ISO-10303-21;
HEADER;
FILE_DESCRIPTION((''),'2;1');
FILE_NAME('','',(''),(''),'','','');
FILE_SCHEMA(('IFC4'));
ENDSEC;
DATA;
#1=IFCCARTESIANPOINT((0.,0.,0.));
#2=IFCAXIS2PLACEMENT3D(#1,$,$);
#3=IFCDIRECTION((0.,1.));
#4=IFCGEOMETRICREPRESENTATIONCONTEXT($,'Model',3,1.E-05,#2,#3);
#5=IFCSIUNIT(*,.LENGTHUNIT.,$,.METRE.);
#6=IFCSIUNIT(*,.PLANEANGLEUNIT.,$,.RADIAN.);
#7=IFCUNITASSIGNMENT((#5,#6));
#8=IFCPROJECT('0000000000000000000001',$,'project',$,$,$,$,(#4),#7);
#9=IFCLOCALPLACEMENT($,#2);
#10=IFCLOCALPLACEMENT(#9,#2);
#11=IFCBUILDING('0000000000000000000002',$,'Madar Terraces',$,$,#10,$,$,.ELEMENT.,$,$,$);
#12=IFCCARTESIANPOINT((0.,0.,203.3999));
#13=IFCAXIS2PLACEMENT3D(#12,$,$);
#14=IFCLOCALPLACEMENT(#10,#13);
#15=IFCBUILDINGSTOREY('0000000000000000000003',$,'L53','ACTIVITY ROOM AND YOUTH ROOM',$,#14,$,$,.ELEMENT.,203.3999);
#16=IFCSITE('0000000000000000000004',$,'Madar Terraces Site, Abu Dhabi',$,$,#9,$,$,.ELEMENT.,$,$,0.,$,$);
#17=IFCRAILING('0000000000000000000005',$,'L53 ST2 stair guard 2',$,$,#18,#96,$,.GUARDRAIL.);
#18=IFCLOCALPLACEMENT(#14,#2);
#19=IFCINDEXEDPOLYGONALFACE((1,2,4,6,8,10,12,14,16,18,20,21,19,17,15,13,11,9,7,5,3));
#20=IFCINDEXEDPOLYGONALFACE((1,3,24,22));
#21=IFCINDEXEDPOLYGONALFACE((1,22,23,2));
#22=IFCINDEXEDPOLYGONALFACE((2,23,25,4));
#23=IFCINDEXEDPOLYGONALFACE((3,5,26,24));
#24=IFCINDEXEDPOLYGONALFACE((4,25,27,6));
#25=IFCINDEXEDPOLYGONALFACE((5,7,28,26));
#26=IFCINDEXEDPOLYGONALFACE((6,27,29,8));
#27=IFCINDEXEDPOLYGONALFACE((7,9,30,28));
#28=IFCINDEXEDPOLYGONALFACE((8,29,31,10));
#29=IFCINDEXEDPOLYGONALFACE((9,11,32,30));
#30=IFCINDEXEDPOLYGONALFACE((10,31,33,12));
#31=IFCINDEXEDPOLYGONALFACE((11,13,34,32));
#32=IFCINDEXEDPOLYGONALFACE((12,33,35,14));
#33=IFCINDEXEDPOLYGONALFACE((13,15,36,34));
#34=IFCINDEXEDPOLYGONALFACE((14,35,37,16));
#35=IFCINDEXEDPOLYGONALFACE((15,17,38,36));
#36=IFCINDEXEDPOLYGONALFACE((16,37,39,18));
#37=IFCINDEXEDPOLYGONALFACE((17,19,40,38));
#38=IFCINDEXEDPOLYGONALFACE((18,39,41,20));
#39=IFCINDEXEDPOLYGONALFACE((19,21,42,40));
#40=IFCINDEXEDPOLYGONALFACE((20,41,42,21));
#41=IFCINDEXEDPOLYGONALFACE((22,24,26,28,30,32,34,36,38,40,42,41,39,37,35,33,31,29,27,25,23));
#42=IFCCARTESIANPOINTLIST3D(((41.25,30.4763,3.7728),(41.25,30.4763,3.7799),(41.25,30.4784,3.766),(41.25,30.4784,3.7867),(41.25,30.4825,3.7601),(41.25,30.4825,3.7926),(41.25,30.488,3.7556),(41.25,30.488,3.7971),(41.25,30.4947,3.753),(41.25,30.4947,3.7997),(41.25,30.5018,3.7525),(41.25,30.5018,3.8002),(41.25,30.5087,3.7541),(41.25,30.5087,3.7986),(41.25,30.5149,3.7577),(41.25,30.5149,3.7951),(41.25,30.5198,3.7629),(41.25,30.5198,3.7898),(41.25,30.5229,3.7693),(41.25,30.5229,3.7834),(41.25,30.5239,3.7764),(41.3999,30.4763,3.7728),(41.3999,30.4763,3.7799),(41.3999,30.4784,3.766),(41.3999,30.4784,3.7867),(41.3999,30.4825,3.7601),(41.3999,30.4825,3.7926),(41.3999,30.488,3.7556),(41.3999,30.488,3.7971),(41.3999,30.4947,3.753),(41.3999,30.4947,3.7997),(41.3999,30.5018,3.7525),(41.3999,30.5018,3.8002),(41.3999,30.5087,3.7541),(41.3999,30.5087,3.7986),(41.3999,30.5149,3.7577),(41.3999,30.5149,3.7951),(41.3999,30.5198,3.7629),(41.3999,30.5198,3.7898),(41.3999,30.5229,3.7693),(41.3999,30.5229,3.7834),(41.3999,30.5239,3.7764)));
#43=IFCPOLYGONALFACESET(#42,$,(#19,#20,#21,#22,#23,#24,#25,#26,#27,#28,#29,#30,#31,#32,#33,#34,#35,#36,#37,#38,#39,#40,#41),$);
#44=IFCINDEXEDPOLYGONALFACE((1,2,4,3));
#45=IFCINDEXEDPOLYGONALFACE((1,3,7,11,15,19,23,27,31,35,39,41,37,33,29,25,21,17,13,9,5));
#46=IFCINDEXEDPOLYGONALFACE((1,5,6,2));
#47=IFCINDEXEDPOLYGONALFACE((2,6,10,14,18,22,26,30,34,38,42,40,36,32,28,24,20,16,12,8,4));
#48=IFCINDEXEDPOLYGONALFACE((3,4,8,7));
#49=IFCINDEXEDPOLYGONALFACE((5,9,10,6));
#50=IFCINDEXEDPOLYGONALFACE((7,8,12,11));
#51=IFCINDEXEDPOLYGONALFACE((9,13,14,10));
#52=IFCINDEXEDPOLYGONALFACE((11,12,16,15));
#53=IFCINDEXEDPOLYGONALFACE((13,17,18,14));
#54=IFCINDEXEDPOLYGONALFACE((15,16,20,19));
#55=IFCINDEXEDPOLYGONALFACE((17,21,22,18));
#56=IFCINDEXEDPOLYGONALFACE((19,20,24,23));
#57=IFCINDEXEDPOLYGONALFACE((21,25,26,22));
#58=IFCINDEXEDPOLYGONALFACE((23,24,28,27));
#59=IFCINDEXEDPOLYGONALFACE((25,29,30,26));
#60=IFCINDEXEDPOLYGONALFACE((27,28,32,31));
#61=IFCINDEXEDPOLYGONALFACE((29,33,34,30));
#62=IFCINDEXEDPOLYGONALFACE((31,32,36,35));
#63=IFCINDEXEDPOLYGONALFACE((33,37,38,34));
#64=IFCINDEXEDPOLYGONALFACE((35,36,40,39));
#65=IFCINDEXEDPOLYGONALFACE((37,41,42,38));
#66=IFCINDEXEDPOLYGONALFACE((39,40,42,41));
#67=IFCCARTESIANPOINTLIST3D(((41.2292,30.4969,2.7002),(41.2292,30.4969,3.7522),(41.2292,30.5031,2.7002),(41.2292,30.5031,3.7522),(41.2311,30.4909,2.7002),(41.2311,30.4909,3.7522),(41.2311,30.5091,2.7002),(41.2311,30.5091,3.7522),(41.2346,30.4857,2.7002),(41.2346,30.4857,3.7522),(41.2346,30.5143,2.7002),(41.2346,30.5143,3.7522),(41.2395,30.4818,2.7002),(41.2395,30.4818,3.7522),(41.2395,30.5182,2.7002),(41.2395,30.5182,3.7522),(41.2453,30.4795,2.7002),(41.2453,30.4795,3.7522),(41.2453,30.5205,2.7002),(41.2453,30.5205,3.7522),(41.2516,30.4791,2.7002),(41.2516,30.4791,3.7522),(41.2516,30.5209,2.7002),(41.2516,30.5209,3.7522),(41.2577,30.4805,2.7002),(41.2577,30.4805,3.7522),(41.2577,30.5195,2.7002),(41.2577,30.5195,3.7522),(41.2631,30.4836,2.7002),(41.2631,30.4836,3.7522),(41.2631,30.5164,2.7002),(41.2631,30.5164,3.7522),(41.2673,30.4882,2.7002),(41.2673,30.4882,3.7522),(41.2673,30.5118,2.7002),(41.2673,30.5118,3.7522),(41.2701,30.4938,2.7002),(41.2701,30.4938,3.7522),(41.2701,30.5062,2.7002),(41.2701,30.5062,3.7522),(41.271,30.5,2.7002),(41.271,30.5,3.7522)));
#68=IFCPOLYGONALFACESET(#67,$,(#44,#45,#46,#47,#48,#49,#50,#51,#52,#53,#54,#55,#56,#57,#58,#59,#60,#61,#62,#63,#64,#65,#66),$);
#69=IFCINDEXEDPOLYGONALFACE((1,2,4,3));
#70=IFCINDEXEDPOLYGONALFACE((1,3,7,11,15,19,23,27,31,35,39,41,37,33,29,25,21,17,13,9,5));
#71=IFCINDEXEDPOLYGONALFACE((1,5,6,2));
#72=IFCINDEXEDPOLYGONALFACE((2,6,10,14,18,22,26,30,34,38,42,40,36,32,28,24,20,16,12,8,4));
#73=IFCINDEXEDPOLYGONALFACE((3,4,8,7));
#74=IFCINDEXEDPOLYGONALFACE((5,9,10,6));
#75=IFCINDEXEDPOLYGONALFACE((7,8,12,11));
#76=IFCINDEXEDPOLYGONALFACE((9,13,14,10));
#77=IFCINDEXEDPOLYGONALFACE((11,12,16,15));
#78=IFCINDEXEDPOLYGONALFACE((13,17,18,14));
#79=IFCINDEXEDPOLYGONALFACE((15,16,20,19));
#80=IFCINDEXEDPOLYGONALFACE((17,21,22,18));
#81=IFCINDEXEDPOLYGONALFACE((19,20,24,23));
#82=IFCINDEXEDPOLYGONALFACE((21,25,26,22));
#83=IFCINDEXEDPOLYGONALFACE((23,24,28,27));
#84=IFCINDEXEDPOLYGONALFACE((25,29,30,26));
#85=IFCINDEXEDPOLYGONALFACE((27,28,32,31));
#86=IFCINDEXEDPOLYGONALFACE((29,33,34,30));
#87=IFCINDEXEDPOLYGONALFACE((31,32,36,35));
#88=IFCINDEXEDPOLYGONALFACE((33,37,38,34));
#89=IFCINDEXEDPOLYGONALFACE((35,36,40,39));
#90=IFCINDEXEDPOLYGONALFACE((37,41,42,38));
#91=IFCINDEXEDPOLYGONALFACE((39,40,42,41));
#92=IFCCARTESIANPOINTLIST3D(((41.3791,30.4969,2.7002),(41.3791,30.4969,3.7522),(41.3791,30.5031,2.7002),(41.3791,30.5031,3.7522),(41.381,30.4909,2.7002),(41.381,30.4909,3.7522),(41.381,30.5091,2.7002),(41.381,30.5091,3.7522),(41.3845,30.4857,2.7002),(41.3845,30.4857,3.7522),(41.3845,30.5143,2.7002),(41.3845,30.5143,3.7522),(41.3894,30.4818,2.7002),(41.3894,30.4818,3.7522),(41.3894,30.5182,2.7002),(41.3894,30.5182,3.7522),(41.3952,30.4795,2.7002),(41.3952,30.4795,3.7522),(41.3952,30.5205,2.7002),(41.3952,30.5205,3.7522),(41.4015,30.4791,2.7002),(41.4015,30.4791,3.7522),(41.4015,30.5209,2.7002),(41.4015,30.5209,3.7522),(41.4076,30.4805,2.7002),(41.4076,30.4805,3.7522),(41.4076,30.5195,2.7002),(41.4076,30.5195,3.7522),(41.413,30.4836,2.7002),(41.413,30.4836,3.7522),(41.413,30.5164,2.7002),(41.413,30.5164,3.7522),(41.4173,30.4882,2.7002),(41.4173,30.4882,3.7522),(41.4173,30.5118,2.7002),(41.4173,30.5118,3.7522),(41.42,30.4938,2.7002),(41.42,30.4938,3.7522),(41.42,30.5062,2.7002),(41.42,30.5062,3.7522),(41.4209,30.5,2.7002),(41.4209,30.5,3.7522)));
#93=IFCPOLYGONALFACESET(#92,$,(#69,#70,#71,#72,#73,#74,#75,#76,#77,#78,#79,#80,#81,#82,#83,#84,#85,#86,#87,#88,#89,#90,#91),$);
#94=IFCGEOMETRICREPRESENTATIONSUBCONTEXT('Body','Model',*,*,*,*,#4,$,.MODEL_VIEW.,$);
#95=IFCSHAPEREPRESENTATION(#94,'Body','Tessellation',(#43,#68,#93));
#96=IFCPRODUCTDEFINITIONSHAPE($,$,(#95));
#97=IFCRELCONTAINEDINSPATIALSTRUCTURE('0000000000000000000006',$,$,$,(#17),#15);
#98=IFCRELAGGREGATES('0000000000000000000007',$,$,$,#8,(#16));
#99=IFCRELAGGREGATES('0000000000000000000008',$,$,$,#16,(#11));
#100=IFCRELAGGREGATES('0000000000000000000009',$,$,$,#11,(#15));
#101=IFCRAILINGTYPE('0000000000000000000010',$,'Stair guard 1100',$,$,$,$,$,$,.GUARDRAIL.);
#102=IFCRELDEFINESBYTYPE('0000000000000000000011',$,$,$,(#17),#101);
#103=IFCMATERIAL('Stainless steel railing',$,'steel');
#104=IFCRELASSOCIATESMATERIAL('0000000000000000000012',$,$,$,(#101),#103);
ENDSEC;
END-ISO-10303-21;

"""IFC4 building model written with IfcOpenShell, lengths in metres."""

from ifc_helpers import new_model, si_unit, direction, frame, origin, origin_2d, place, context, subcontext, project, spatial, circle, extrude, material, type_object, element, save


model = new_model("IFC4")

# Units and contexts
model_context = context("Model", 3, precision=1e-05, world=origin(), true_north=direction((0.0, 1.0)))
body_context = subcontext(model_context, "Body", "Model", "MODEL_VIEW")
ifc_project = project(units=[si_unit("LENGTHUNIT", "METRE"), si_unit("PLANEANGLEUNIT", "RADIAN")], contexts=[model_context])

# Site, building, storey
site_placement = place(None, origin())
site = spatial("IfcSite", under=ifc_project, at=site_placement, Name="Madar Terraces Site, Abu Dhabi", CompositionType="ELEMENT", RefElevation=0.0)
building_placement = place(site_placement, origin())
building = spatial("IfcBuilding", under=site, at=building_placement, Name="Madar Terraces", CompositionType="ELEMENT")
storey_placement = place(building_placement, frame((0.0, 0.0, 203.3999)))
storey = spatial("IfcBuildingStorey", under=building, at=storey_placement, Name="L53", Description="ACTIVITY ROOM AND YOUTH ROOM", CompositionType="ELEMENT", Elevation=203.3999)

# Railing
ifc_material_1 = material(Name="Stainless steel railing", Category="steel")
railing_type_1 = type_object("IfcRailingType", Name="Stair guard 1100", PredefinedType="GUARDRAIL", material=ifc_material_1)
railing_1_placement = place(storey_placement, frame((41.25, 30.5, 2.7002)))
element("IfcRailing", 1, at=railing_1_placement, inside=storey, type_object=railing_type_1, Name="L53 ST2 stair guard 2", PredefinedType="GUARDRAIL", context=body_context, shape_type="SweptSolid", body=[
    extrude(circle(Radius=0.0239, at=origin_2d()), frame((0.0, 0.0, 1.0762), z_axis=(1.0, 0.0, 0.0), x_axis=(0.0, 1.0, 0.0)), (0.0, 0.0, 1.0), 0.1499),
    extrude(circle(Radius=0.021, at=origin_2d()), origin(), (0.0, 0.0, 1.0), 1.052),
    extrude(circle(Radius=0.021, at=origin_2d()), frame((0.1499, 0.0, 0.0)), (0.0, 0.0, 1.0), 1.052),
])

save(model, "model.ifc")
